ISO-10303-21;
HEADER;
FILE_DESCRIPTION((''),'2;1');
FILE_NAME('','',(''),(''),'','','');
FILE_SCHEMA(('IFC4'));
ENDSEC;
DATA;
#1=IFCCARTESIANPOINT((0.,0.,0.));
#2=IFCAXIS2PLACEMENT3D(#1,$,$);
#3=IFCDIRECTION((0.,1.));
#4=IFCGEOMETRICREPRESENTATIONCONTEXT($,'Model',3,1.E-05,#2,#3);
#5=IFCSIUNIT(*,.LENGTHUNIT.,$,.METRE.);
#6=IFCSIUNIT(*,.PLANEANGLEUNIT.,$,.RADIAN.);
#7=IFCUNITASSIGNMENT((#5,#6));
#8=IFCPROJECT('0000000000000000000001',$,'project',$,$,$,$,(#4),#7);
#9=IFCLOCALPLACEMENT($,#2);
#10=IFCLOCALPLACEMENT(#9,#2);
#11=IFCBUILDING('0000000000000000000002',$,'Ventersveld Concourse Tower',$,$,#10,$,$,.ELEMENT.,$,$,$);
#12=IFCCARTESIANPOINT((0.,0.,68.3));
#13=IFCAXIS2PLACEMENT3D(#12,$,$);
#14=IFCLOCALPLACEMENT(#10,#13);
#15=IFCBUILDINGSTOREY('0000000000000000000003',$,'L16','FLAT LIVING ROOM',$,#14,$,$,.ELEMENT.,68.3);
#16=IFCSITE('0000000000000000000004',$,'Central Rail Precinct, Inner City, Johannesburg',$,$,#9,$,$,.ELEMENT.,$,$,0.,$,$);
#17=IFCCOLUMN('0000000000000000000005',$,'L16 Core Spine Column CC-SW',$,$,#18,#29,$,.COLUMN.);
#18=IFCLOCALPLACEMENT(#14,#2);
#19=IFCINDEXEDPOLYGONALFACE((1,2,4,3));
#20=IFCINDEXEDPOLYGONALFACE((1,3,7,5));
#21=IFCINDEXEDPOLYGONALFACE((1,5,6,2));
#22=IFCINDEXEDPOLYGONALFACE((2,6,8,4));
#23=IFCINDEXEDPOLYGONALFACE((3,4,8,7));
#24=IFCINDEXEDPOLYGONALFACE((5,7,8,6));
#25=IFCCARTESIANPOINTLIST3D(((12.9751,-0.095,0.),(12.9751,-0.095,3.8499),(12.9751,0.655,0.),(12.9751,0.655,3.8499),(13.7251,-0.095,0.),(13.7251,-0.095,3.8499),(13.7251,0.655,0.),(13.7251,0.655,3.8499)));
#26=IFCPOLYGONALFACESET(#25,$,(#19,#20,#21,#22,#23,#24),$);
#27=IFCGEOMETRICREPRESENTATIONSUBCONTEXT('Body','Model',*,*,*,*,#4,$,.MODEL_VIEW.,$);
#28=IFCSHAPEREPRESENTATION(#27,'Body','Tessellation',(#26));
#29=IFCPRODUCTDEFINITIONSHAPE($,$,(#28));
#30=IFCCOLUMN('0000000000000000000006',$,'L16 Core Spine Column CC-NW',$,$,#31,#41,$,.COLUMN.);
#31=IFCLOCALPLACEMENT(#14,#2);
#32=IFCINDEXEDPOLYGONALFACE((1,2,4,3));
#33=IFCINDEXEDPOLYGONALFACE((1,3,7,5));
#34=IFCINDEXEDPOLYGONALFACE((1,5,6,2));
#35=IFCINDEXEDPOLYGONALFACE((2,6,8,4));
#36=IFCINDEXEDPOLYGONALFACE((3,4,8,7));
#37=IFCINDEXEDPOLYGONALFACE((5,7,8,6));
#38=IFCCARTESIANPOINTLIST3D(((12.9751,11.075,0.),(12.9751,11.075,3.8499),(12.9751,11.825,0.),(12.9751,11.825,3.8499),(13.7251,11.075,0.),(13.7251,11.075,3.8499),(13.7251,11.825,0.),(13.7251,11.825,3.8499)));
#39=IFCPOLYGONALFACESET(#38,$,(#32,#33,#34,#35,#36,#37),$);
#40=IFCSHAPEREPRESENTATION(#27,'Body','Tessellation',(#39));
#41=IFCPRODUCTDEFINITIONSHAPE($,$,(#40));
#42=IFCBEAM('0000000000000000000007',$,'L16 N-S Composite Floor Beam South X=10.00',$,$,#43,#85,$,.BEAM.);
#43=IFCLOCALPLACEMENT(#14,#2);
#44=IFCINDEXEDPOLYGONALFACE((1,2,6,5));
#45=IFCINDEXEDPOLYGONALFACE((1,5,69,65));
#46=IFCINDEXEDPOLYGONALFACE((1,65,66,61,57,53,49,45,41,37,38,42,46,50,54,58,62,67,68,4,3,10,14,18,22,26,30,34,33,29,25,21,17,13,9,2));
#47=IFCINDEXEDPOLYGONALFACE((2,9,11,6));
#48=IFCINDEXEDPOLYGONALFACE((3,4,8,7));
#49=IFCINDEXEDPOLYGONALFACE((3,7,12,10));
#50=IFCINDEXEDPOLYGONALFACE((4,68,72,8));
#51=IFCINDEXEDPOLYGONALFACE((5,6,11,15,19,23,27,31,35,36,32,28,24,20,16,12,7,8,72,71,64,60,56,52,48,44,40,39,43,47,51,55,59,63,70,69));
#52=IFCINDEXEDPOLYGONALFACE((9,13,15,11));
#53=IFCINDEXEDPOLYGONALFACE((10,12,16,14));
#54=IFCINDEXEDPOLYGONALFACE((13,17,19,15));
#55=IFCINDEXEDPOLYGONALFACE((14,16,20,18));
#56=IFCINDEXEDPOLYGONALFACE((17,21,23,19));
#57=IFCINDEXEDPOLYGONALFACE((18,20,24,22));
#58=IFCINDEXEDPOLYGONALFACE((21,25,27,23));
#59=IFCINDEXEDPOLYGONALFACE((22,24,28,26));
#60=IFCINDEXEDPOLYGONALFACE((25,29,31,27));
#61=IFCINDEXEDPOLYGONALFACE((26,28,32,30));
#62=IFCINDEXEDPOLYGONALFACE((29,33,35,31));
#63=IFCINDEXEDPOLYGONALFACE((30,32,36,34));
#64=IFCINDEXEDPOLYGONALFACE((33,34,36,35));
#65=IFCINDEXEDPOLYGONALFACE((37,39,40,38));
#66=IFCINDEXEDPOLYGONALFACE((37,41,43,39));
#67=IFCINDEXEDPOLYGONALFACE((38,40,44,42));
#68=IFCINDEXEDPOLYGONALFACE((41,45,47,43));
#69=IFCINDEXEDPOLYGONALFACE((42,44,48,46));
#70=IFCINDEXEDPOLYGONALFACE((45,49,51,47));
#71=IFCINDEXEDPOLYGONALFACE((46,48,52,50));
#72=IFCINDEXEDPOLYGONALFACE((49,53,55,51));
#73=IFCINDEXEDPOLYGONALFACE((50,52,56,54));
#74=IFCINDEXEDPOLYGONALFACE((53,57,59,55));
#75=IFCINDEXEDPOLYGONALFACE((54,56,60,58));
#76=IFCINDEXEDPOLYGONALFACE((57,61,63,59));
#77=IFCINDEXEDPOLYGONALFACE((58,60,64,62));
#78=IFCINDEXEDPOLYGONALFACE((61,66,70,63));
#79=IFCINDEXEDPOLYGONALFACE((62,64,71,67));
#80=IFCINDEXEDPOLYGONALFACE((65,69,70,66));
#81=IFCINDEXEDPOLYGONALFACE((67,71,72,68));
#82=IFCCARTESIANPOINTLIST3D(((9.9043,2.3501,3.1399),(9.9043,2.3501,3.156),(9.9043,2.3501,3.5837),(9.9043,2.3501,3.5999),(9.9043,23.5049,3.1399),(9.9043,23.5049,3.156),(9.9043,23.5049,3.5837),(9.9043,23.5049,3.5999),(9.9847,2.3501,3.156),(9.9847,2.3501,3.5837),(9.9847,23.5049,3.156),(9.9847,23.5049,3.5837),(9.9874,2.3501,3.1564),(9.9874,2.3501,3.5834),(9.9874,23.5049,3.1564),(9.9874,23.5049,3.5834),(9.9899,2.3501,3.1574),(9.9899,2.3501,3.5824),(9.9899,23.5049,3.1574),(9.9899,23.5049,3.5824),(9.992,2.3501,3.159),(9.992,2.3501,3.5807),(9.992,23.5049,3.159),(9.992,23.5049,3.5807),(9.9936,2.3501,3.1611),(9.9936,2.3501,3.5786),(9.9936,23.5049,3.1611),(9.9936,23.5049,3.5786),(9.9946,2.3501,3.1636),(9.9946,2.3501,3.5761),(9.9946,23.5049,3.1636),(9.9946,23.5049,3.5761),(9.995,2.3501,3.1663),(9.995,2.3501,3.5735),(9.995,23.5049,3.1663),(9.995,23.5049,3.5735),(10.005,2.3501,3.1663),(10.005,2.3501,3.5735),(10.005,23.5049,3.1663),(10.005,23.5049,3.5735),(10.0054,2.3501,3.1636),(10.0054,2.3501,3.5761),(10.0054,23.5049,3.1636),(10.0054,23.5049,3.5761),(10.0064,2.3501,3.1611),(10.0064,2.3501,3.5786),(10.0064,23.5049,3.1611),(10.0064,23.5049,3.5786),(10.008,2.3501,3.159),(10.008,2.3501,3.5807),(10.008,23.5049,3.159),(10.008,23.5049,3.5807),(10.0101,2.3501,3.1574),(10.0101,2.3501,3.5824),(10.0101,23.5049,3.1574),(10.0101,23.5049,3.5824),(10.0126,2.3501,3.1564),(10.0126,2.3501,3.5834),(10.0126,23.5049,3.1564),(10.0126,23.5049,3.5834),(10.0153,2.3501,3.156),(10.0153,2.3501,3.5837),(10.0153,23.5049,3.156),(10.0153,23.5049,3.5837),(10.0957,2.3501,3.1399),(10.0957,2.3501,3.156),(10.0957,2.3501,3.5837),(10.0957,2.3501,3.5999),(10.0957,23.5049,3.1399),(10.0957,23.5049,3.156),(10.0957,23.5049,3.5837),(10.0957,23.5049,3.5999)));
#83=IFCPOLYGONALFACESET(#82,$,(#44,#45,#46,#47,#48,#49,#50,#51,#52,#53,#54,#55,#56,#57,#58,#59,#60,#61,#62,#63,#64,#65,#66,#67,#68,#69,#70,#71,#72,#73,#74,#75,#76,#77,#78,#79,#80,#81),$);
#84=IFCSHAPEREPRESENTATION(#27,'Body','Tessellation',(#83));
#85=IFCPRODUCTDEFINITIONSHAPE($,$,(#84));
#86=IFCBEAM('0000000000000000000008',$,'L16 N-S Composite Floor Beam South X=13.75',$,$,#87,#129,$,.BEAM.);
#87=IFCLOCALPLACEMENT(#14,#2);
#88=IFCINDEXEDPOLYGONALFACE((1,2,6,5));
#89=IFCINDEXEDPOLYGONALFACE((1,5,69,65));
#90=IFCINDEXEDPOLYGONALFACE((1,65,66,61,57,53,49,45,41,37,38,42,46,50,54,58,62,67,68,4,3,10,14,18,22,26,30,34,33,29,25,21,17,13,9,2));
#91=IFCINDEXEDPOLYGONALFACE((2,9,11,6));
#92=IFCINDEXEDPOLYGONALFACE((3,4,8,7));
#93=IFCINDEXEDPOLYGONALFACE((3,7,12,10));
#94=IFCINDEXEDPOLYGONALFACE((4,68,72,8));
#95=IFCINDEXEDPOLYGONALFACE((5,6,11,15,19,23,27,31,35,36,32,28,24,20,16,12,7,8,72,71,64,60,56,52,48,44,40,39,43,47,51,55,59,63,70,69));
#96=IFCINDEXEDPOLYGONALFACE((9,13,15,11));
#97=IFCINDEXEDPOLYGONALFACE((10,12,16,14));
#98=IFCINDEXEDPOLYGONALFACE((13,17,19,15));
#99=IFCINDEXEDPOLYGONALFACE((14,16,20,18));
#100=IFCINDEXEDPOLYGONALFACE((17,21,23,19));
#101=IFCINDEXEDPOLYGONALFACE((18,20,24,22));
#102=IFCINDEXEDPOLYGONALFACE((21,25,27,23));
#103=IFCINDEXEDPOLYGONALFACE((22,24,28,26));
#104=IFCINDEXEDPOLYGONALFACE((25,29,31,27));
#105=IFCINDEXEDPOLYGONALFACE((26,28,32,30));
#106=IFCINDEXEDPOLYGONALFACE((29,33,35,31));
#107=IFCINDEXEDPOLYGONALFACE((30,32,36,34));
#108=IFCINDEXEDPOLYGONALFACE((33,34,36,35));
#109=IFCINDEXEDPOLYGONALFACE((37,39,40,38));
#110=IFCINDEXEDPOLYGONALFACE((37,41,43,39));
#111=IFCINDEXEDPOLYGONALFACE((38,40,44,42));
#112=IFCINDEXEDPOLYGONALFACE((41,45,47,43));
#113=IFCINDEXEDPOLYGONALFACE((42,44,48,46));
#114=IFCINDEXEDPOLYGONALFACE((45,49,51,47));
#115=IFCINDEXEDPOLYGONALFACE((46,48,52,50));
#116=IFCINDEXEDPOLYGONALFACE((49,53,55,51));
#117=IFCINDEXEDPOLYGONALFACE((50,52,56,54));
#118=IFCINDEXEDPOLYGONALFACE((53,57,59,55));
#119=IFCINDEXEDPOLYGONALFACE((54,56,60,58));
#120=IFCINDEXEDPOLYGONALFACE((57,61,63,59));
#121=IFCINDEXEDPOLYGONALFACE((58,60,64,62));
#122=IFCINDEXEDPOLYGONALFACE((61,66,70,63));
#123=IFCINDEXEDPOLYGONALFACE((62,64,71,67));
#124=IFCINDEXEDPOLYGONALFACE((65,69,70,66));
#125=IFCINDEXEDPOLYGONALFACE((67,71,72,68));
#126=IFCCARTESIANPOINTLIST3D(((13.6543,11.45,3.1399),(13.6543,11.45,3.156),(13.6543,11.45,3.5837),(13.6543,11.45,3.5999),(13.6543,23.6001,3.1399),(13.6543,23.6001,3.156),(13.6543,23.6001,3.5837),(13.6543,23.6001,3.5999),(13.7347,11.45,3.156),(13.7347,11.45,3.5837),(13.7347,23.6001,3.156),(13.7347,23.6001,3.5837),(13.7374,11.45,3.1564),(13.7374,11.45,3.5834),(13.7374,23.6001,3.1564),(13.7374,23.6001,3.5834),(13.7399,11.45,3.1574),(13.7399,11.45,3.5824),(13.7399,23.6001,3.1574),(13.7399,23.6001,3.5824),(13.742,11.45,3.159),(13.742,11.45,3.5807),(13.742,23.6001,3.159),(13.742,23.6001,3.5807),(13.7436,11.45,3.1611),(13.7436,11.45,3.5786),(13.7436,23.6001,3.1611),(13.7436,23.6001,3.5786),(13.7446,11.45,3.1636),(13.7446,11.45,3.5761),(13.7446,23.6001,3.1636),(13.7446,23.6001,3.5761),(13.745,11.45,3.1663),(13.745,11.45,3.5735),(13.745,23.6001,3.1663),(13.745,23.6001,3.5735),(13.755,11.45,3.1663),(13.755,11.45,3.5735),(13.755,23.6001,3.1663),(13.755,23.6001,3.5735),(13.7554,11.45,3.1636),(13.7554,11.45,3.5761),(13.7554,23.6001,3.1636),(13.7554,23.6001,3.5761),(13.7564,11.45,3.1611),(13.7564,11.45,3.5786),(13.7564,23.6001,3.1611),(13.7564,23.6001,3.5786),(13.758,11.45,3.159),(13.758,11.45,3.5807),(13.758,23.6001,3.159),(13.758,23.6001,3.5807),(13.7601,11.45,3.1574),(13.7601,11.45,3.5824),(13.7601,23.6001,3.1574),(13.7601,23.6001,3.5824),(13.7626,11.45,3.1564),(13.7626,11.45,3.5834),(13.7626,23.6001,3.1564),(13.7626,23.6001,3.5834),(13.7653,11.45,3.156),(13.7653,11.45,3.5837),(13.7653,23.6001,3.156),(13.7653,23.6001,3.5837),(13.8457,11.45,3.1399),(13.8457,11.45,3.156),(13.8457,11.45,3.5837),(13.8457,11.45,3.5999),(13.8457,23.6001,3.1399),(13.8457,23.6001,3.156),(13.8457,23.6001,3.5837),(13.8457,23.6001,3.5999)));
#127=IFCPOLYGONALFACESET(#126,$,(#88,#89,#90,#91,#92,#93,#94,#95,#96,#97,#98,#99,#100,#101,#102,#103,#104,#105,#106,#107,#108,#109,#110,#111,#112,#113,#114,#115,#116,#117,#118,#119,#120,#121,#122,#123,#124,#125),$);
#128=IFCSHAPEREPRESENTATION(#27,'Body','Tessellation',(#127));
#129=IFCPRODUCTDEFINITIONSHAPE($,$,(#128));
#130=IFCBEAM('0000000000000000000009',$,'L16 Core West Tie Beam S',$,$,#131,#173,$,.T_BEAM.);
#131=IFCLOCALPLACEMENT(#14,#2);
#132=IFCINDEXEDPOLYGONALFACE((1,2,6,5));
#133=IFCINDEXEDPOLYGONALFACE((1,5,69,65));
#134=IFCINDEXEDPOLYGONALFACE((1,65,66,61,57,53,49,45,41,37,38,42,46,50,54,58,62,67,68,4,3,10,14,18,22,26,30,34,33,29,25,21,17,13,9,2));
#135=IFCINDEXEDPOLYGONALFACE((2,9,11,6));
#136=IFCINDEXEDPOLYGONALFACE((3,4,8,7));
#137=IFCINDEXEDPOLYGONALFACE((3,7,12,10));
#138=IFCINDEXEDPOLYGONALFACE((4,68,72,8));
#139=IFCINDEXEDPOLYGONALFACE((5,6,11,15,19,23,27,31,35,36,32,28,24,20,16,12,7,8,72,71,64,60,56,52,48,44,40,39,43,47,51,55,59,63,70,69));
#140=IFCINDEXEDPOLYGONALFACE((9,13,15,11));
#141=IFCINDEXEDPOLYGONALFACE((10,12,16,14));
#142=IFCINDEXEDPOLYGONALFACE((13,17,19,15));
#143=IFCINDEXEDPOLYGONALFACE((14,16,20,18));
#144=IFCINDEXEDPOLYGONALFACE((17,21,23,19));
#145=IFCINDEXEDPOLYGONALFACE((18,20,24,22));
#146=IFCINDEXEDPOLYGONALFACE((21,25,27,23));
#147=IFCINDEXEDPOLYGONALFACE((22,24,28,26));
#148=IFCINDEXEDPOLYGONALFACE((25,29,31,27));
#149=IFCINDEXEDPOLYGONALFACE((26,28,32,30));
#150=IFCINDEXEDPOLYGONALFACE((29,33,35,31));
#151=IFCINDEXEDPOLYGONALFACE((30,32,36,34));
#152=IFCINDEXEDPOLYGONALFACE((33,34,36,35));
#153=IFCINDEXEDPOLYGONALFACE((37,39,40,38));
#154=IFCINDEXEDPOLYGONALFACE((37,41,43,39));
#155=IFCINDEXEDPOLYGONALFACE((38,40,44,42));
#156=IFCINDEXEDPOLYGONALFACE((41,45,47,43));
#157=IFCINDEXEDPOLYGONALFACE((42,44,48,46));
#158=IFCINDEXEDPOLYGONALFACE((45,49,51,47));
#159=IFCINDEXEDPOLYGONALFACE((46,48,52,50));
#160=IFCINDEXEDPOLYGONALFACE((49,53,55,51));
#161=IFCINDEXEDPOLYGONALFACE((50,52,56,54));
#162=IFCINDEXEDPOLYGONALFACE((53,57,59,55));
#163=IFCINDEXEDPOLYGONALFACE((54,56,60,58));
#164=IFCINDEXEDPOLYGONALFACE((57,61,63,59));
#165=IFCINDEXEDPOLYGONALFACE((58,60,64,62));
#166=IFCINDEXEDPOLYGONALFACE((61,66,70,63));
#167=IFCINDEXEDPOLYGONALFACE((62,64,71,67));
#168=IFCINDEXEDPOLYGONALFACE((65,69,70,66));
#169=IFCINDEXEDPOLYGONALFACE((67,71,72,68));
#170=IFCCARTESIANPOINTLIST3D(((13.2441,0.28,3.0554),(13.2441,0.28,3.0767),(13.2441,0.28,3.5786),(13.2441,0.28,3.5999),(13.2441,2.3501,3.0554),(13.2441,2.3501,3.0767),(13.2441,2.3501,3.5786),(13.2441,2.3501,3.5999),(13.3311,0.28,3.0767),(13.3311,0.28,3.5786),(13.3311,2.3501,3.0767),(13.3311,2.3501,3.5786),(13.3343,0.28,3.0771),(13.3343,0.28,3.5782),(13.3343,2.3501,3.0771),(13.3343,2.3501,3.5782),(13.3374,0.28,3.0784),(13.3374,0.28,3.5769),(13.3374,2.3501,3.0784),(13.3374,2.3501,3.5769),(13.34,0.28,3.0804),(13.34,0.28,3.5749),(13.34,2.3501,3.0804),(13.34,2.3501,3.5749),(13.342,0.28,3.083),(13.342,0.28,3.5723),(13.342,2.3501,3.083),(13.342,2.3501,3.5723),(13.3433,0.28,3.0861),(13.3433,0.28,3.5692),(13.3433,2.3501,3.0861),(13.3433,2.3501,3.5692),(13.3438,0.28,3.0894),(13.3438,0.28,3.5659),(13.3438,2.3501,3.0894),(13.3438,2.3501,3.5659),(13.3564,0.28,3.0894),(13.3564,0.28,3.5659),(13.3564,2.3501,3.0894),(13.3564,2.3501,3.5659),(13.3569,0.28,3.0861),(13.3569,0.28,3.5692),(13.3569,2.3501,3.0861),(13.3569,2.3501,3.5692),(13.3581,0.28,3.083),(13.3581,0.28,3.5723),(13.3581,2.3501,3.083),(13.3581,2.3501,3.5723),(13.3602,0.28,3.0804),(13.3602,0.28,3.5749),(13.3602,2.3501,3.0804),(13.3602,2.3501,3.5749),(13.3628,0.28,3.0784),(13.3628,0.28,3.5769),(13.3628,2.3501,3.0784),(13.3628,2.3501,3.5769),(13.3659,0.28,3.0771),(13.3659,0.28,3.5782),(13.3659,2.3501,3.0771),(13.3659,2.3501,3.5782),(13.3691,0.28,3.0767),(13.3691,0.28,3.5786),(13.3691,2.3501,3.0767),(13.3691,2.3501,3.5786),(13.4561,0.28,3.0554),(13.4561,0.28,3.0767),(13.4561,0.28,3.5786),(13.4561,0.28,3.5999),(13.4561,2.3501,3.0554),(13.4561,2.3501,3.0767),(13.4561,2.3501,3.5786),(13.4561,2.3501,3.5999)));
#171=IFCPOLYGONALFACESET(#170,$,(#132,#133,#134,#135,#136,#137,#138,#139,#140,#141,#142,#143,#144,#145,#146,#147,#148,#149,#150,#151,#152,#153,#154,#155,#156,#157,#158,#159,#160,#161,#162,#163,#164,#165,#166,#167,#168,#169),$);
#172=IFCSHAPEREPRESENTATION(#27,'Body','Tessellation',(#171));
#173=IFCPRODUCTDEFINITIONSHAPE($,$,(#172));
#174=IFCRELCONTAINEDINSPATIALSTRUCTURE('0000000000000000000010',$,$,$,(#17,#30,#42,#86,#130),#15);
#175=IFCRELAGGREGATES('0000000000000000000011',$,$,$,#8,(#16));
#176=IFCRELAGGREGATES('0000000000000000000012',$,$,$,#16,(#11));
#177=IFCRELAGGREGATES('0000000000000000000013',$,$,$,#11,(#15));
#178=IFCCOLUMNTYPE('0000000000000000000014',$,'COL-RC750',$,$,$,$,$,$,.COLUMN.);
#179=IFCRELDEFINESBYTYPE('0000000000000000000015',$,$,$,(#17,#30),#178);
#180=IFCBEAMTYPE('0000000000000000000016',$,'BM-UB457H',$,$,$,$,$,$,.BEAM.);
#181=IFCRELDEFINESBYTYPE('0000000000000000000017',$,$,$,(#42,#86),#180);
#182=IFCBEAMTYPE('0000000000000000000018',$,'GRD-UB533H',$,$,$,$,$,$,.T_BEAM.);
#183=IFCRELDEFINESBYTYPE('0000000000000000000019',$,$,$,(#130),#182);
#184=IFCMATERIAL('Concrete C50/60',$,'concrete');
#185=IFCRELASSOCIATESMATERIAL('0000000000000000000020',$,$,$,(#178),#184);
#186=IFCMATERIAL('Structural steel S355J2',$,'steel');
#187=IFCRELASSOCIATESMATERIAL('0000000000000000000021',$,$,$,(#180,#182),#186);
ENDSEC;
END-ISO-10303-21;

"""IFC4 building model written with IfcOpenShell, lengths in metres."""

from ifc_helpers import new_model, si_unit, direction, frame, origin, origin_2d, place, context, subcontext, project, spatial, rectangle, i_section, extrude, material, material_profile, profile_set, type_object, element, save


model = new_model("IFC4")

# Units and contexts
model_context = context("Model", 3, precision=1e-05, world=origin(), true_north=direction((0.0, 1.0)))
body_context = subcontext(model_context, "Body", "Model", "MODEL_VIEW")
ifc_project = project(units=[si_unit("LENGTHUNIT", "METRE"), si_unit("PLANEANGLEUNIT", "RADIAN")], contexts=[model_context])

# Site, building, storey
site_placement = place(None, origin())
site = spatial("IfcSite", under=ifc_project, at=site_placement, Name="Central Rail Precinct, Inner City, Johannesburg", CompositionType="ELEMENT", RefElevation=0.0)
building_placement = place(site_placement, origin())
building = spatial("IfcBuilding", under=site, at=building_placement, Name="Ventersveld Concourse Tower", CompositionType="ELEMENT")
storey_placement = place(building_placement, frame((0.0, 0.0, 68.3)))
storey = spatial("IfcBuildingStorey", under=building, at=storey_placement, Name="L16", Description="FLAT LIVING ROOM", CompositionType="ELEMENT", Elevation=68.3)

# Columns
ifc_material_1 = material(Name="Concrete C50/60", Category="concrete")
ifc_material_profile_1 = material_profile(ifc_material_1, rectangle(XDim=0.75, YDim=0.75, at=origin_2d()), Name="RC 750x750")
ifc_profile_set_1 = profile_set([ifc_material_profile_1], Name="Concrete C50/60")
column_type = type_object("IfcColumnType", Name="COL-RC750", PredefinedType="COLUMN", material=ifc_profile_set_1)
for number, where, z_axis, x_axis, name in (
    (1, (13.3501, 0.28, 0.0), (0.0, 0.0, 1.0), (1.0, 0.0, 0.0), "L16 Core Spine Column CC-SW"),
    (2, (13.3501, 11.45, 0.0), (0.0, 0.0, 1.0), (1.0, 0.0, 0.0), "L16 Core Spine Column CC-NW"),
):
    element("IfcColumn", number, at=place(storey_placement, frame(where, z_axis=z_axis, x_axis=x_axis)), inside=storey, type_object=column_type, Name=name, PredefinedType="COLUMN", context=body_context, shape_type="SweptSolid", body=[
        extrude(rectangle(XDim=0.75, YDim=0.75, at=origin_2d()), origin(), (0.0, 0.0, 1.0), 3.8499),
    ])

# Beams
ifc_material_2 = material(Name="Structural steel S355J2", Category="steel")
ifc_material_profile_2 = material_profile(ifc_material_2, i_section(OverallWidth=0.1914, OverallDepth=0.46, WebThickness=0.01, FlangeThickness=0.0161, FilletRadius=0.0103, at=origin_2d()), Name="UB 457x191x82")
ifc_profile_set_2 = profile_set([ifc_material_profile_2], Name="Structural steel S355J2")
beam_type_1 = type_object("IfcBeamType", Name="BM-UB457H", PredefinedType="BEAM", material=ifc_profile_set_2)
beam_1_placement = place(storey_placement, frame((10.0, 2.3501, 3.3699), z_axis=(0.0, 1.0, 0.0), x_axis=(-1.0, 0.0, 0.0)))
element("IfcBeam", 3, at=beam_1_placement, inside=storey, type_object=beam_type_1, Name="L16 N-S Composite Floor Beam South X=10.00", PredefinedType="BEAM", context=body_context, shape_type="SweptSolid", body=[
    extrude(i_section(OverallWidth=0.1914, OverallDepth=0.46, WebThickness=0.01, FlangeThickness=0.0161, FilletRadius=0.0103, at=origin_2d()), origin(), (0.0, 0.0, 1.0), 21.1548),
])
beam_2_placement = place(storey_placement, frame((13.75, 11.45, 3.3699), z_axis=(0.0, 1.0, 0.0), x_axis=(-1.0, 0.0, 0.0)))
element("IfcBeam", 4, at=beam_2_placement, inside=storey, type_object=beam_type_1, Name="L16 N-S Composite Floor Beam South X=13.75", PredefinedType="BEAM", context=body_context, shape_type="SweptSolid", body=[
    extrude(i_section(OverallWidth=0.1914, OverallDepth=0.46, WebThickness=0.01, FlangeThickness=0.0161, FilletRadius=0.0103, at=origin_2d()), origin(), (0.0, 0.0, 1.0), 12.1501),
])
ifc_material_profile_3 = material_profile(ifc_material_2, i_section(OverallWidth=0.2119, OverallDepth=0.5444, WebThickness=0.0127, FlangeThickness=0.0212, FilletRadius=0.0127, at=origin_2d()), Name="UB 533x210x122")
ifc_profile_set_3 = profile_set([ifc_material_profile_3], Name="Structural steel S355J2")
beam_type_2 = type_object("IfcBeamType", Name="GRD-UB533H", PredefinedType="T_BEAM", material=ifc_profile_set_3)
beam_3_placement = place(storey_placement, frame((13.3501, 0.28, 3.3276), z_axis=(0.0, 1.0, 0.0), x_axis=(-1.0, 0.0, 0.0)))
element("IfcBeam", 5, at=beam_3_placement, inside=storey, type_object=beam_type_2, Name="L16 Core West Tie Beam S", PredefinedType="T_BEAM", context=body_context, shape_type="SweptSolid", body=[
    extrude(i_section(OverallWidth=0.2119, OverallDepth=0.5444, WebThickness=0.0127, FlangeThickness=0.0212, FilletRadius=0.0127, at=origin_2d()), origin(), (0.0, 0.0, 1.0), 2.0701),
])

save(model, "model.ifc")
